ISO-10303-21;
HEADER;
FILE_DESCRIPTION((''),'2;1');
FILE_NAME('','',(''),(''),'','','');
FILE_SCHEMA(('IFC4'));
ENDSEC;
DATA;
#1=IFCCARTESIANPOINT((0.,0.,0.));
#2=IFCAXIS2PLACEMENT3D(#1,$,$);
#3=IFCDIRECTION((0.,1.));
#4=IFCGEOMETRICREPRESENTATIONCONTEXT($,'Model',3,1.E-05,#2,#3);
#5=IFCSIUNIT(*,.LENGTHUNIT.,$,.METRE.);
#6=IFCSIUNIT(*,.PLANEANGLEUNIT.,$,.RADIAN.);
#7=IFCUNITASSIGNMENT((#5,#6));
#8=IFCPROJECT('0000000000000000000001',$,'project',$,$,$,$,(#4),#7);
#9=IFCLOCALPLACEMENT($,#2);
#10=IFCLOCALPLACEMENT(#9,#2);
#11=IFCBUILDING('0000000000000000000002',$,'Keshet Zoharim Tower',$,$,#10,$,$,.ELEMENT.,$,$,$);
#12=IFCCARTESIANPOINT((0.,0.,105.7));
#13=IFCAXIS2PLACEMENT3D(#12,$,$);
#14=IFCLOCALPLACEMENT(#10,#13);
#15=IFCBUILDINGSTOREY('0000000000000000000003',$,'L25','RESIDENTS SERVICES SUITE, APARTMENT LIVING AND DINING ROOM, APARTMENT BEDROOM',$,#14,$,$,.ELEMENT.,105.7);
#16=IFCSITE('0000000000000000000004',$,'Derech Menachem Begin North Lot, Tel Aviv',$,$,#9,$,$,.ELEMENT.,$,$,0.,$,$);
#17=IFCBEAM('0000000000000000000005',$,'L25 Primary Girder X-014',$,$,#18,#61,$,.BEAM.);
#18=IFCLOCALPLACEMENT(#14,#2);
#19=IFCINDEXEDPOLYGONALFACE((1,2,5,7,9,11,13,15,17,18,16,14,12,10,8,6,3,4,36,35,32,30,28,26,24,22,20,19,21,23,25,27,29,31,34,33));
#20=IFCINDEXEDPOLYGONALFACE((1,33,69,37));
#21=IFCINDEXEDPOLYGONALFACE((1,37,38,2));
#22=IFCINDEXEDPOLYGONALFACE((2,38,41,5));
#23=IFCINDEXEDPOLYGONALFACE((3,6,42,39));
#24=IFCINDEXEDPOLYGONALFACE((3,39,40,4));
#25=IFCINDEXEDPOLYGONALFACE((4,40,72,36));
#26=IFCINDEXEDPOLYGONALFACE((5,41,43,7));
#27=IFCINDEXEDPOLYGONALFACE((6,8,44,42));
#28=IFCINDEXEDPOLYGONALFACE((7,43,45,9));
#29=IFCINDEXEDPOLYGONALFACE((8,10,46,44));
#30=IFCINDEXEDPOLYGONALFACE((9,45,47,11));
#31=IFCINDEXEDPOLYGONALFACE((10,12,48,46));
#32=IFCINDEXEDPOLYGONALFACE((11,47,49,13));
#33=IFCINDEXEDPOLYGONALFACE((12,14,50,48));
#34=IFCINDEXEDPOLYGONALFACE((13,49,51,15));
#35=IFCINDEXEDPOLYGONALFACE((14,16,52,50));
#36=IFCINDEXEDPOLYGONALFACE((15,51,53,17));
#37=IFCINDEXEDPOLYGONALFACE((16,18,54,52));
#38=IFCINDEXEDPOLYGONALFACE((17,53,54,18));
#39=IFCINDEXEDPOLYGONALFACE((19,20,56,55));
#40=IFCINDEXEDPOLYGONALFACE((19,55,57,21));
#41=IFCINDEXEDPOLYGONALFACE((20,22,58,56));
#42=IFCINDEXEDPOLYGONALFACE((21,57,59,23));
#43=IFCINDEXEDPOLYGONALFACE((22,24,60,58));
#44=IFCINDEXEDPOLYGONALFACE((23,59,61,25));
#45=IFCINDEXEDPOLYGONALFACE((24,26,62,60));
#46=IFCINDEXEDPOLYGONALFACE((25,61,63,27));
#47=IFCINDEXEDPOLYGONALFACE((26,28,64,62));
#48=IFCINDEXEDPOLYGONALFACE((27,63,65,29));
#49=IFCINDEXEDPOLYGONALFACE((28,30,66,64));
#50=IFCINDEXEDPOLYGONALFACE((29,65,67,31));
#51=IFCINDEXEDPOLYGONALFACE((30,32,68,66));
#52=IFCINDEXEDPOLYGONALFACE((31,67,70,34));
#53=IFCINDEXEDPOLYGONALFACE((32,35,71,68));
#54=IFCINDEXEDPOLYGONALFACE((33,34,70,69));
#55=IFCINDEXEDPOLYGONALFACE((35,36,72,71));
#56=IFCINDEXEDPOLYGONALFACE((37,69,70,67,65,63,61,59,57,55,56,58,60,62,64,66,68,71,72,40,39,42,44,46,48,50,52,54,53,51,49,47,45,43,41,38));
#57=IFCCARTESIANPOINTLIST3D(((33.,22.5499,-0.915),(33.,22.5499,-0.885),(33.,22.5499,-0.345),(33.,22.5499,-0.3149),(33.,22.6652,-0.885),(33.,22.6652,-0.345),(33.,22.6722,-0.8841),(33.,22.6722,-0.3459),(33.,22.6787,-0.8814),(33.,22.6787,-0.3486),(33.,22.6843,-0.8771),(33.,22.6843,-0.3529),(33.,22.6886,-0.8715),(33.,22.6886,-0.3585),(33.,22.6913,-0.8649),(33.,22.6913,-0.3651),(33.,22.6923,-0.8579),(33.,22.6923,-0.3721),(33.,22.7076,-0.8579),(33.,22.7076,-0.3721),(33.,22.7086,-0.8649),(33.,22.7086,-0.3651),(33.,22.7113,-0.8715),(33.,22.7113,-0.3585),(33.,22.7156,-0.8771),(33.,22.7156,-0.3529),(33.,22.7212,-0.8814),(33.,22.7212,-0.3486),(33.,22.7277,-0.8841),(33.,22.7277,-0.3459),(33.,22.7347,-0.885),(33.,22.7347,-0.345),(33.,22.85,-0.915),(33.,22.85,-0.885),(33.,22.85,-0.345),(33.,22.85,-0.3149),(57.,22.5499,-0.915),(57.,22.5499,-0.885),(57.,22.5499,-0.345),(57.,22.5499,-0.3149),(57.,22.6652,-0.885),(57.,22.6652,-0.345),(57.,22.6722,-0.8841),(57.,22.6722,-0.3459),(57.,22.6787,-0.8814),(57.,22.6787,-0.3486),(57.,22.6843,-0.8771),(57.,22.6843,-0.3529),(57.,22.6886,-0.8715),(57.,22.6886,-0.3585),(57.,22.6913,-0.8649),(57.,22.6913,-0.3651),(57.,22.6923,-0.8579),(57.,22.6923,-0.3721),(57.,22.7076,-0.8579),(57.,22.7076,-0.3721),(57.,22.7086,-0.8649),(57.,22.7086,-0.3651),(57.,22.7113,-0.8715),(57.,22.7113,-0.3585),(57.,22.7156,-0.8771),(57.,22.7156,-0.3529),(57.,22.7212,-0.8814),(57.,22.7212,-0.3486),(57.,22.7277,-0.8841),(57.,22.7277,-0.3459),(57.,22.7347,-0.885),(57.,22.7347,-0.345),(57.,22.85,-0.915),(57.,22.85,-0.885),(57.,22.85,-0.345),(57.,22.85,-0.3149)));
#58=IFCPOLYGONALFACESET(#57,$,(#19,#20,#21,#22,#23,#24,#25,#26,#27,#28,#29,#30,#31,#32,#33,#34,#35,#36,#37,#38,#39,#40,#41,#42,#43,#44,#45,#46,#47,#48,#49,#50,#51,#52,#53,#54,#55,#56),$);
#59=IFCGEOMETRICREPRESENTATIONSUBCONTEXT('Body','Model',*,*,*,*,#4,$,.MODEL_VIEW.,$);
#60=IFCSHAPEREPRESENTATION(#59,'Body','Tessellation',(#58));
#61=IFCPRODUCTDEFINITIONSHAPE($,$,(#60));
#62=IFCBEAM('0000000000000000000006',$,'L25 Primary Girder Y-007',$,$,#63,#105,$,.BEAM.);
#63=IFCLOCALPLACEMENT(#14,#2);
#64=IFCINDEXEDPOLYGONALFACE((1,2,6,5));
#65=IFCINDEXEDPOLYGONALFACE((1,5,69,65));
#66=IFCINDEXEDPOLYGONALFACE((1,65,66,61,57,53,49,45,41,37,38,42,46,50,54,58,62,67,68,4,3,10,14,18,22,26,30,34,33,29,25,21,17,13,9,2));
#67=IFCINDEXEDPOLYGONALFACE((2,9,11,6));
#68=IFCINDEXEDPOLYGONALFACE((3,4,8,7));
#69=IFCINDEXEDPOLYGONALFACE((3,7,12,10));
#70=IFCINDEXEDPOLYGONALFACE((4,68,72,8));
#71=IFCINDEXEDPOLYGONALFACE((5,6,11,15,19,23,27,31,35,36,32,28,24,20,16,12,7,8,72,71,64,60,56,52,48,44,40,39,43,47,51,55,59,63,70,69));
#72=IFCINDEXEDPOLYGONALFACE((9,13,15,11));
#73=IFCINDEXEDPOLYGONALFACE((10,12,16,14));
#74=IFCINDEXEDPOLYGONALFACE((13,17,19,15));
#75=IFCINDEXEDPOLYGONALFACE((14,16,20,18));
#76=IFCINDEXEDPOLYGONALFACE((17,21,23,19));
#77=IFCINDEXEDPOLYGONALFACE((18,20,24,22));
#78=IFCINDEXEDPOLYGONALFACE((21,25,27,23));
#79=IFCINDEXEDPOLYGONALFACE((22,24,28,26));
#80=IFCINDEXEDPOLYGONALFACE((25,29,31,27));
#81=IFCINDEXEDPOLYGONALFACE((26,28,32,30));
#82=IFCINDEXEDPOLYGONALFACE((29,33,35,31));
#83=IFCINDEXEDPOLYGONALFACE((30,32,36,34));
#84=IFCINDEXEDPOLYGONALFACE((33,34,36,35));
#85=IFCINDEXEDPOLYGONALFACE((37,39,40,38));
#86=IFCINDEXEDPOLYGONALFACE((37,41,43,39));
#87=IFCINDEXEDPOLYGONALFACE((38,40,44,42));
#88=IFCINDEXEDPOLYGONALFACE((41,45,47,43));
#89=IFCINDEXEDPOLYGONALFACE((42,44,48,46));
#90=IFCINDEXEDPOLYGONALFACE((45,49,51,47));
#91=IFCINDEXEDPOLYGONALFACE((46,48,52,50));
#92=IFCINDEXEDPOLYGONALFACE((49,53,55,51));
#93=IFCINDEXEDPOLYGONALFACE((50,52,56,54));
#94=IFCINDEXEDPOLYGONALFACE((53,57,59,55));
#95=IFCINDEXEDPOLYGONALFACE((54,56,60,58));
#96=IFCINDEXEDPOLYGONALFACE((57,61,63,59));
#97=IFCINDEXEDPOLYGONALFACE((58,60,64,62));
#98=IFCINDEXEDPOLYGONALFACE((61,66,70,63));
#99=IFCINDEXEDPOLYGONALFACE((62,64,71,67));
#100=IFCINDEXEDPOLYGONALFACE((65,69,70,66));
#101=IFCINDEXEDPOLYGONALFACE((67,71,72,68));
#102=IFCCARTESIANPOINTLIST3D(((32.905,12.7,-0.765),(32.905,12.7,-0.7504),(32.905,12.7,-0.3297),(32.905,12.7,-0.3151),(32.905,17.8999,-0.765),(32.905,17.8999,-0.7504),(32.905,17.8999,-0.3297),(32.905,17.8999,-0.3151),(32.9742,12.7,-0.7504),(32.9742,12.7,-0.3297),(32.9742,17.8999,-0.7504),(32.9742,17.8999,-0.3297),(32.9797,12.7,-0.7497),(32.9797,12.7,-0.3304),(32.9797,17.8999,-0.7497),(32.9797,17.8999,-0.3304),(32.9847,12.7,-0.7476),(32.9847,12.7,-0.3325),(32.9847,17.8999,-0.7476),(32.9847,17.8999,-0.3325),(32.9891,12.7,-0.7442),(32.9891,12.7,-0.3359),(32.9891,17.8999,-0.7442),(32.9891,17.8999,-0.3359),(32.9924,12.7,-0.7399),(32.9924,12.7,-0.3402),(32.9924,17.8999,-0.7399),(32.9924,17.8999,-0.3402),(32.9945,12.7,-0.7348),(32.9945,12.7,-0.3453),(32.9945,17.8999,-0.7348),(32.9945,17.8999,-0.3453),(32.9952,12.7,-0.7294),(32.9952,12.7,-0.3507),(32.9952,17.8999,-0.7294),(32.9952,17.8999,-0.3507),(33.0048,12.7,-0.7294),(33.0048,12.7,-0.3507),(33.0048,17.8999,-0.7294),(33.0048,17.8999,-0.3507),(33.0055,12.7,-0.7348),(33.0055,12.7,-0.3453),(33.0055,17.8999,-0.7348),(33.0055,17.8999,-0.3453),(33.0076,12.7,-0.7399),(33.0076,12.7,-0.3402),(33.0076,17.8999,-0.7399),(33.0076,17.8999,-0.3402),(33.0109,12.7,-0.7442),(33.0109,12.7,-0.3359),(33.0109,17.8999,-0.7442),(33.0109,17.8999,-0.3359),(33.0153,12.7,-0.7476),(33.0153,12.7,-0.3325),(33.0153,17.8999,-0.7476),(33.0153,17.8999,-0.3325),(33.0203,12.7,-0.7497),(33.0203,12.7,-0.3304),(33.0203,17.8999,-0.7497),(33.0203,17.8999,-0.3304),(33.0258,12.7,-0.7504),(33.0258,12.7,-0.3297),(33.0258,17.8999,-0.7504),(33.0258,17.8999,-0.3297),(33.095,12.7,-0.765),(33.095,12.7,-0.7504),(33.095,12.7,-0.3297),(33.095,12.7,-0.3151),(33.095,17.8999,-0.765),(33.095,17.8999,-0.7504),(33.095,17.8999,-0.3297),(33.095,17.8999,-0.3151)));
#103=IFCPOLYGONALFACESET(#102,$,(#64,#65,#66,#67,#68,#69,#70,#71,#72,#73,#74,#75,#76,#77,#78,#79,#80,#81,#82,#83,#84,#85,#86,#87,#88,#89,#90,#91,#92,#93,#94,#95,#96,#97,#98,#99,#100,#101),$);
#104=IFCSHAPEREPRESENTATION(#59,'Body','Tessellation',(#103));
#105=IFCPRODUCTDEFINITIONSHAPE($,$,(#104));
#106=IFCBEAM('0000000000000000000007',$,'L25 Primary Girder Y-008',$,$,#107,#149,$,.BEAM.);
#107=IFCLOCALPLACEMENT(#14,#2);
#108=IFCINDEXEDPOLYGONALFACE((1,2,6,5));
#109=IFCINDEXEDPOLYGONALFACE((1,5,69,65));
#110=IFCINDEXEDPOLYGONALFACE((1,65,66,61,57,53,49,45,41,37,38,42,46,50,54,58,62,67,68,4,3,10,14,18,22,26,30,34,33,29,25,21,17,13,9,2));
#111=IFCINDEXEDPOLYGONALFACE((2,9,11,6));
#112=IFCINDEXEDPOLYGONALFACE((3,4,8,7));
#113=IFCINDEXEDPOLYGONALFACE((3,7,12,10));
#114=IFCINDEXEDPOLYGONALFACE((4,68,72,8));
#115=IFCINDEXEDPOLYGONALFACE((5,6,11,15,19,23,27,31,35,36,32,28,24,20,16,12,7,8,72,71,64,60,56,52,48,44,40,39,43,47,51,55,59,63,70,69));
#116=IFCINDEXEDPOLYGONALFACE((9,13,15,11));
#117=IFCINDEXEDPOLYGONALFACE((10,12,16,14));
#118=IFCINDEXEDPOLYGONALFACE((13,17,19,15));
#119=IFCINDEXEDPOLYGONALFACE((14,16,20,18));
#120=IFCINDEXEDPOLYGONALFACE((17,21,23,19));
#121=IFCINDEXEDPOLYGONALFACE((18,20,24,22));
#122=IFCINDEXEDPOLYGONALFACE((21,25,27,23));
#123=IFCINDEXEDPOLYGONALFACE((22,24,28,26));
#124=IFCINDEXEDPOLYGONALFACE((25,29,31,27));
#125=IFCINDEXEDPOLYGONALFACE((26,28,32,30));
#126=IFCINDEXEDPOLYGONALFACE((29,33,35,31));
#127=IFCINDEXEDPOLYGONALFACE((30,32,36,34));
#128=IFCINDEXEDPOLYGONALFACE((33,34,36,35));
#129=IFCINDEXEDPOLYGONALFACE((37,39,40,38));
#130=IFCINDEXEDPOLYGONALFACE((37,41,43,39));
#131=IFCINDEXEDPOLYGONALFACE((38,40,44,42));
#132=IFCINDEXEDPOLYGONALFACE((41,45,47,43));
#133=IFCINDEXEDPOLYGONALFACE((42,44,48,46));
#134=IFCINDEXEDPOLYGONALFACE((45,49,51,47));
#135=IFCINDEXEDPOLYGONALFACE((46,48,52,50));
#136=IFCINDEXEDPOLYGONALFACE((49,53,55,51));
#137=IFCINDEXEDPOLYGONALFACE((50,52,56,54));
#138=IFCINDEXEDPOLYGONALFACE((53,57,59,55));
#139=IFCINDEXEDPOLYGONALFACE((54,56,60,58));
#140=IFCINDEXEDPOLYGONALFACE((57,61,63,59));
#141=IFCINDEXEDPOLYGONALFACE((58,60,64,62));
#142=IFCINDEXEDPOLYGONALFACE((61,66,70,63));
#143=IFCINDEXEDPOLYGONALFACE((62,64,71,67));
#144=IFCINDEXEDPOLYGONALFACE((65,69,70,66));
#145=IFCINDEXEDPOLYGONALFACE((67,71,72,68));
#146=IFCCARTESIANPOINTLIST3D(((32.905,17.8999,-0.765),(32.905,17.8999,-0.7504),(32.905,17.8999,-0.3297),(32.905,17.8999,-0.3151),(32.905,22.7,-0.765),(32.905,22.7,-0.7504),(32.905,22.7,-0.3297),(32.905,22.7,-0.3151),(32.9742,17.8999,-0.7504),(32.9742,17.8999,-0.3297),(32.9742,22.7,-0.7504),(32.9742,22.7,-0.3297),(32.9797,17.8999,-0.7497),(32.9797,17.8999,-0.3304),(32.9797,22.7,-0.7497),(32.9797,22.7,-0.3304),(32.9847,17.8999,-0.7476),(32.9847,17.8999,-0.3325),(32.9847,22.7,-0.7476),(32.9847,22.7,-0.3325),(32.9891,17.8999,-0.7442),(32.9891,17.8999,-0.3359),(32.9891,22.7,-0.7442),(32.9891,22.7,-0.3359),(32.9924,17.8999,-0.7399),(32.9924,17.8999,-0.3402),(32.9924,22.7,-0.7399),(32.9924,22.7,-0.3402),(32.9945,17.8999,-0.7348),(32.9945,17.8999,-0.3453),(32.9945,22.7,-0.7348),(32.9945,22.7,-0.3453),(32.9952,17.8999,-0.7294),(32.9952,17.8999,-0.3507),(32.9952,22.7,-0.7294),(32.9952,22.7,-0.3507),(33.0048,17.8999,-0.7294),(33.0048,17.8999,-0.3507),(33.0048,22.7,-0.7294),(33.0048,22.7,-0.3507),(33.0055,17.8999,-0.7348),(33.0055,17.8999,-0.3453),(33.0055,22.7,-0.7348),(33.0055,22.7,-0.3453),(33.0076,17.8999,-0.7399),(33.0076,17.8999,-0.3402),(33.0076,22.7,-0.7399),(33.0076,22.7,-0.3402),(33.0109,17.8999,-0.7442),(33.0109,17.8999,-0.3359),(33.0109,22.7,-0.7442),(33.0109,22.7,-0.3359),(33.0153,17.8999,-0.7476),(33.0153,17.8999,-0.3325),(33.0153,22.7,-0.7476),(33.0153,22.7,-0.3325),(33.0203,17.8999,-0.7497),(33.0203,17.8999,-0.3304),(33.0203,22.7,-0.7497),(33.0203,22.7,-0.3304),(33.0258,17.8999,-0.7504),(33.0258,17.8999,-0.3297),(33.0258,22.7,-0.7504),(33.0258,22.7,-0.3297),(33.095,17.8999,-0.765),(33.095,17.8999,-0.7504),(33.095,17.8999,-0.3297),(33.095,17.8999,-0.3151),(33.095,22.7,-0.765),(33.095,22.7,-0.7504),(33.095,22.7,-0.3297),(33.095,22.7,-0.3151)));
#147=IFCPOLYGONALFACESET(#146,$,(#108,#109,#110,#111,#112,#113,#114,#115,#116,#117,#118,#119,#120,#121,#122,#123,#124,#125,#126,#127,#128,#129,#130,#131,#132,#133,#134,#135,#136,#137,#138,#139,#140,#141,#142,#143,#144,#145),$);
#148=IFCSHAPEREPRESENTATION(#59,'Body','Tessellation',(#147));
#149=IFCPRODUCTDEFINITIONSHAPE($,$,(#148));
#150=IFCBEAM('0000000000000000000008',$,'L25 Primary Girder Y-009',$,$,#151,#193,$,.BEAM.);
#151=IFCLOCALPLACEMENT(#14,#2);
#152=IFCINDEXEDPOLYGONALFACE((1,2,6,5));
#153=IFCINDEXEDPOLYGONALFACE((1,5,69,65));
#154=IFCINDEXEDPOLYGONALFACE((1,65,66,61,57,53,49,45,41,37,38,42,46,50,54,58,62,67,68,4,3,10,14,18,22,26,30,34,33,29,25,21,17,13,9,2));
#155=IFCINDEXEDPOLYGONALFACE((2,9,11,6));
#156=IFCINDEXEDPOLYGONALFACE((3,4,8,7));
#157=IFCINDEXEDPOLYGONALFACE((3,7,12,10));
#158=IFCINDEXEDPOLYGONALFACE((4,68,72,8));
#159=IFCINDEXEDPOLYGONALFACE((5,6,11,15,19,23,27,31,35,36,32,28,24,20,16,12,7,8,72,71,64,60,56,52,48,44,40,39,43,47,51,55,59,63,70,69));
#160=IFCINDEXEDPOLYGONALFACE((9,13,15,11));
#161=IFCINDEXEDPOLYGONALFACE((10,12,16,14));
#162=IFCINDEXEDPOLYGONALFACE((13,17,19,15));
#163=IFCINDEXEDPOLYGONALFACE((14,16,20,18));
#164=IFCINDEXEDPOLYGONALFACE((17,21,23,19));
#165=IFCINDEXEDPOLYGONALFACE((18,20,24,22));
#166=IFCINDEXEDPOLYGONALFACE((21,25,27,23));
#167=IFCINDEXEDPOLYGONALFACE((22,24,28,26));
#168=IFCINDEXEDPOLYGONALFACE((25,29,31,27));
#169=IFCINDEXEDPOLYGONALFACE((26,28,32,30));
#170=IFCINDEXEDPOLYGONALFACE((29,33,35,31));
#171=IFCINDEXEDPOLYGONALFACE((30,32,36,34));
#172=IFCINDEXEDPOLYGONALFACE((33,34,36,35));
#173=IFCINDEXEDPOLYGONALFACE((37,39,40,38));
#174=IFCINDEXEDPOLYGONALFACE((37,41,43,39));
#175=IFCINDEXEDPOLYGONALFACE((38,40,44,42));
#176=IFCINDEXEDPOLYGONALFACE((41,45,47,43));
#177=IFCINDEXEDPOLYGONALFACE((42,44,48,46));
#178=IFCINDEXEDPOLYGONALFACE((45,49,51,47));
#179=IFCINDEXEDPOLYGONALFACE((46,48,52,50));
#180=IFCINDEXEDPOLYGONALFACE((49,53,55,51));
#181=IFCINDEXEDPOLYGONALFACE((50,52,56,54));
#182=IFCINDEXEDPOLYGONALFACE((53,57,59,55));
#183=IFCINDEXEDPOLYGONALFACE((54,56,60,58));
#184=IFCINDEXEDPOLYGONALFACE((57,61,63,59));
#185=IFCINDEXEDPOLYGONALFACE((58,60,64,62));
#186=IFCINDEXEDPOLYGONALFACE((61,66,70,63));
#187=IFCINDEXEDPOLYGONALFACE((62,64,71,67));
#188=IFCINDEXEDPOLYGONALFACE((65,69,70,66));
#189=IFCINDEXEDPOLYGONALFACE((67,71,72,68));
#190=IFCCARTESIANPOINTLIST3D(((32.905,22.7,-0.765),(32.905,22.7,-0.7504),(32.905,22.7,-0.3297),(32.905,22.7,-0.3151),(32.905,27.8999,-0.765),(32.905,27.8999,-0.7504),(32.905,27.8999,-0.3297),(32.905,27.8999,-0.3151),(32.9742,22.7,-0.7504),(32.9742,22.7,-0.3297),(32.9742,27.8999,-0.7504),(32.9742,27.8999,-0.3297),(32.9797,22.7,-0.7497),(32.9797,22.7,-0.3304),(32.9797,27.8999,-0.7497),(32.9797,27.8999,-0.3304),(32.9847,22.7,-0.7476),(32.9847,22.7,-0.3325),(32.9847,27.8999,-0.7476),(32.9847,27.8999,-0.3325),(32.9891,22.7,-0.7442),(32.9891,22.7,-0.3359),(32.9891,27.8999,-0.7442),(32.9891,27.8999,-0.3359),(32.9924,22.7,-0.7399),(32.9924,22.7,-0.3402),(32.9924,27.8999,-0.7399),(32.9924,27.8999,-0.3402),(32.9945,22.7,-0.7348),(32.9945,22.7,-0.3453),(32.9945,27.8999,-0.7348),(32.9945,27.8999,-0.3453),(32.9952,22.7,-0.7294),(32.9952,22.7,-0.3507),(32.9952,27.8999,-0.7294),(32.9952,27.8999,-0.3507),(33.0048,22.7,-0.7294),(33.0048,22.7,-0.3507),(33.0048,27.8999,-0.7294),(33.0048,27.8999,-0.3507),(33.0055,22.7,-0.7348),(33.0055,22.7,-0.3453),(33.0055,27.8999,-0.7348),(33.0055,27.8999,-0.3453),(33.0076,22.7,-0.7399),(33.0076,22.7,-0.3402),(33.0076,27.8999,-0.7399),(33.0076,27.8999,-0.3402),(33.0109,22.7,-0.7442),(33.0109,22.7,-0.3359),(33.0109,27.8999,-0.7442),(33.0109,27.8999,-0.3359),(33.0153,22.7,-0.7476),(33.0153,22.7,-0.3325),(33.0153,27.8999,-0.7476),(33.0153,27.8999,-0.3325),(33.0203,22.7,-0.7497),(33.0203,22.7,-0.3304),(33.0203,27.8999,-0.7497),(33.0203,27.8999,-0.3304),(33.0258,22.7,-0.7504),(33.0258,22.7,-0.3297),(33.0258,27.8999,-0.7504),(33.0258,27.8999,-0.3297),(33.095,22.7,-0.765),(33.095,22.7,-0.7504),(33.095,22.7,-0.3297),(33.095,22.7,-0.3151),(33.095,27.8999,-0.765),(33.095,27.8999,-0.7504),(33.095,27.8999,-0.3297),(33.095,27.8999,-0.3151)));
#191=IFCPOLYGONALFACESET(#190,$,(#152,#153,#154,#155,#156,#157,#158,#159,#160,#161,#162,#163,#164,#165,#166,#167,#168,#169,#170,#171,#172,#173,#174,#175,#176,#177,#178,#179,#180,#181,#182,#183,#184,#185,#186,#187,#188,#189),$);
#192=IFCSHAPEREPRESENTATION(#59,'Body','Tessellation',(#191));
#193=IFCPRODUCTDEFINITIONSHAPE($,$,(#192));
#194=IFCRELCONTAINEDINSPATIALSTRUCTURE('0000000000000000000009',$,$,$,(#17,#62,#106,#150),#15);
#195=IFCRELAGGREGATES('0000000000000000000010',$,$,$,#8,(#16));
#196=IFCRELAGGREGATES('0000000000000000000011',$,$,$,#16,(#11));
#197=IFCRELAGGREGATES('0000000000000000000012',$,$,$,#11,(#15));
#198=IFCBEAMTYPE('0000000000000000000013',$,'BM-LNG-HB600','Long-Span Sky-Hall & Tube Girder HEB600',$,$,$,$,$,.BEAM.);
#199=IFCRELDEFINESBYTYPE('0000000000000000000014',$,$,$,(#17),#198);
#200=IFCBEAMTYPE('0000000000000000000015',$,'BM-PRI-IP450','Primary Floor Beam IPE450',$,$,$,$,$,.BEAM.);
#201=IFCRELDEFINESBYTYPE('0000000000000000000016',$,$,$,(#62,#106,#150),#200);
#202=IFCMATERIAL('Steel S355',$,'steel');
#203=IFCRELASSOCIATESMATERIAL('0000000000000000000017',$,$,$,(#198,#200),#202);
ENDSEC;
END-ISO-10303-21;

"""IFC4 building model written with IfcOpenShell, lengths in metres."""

from ifc_helpers import new_model, si_unit, direction, frame, origin, origin_2d, place, context, subcontext, project, spatial, i_section, extrude, material, material_profile, profile_set, type_object, element, save


model = new_model("IFC4")

# Units and contexts
model_context = context("Model", 3, precision=1e-05, world=origin(), true_north=direction((0.0, 1.0)))
body_context = subcontext(model_context, "Body", "Model", "MODEL_VIEW")
ifc_project = project(units=[si_unit("LENGTHUNIT", "METRE"), si_unit("PLANEANGLEUNIT", "RADIAN")], contexts=[model_context])

# Site, building, storey
site_placement = place(None, origin())
site = spatial("IfcSite", under=ifc_project, at=site_placement, Name="Derech Menachem Begin North Lot, Tel Aviv", CompositionType="ELEMENT", RefElevation=0.0)
building_placement = place(site_placement, origin())
building = spatial("IfcBuilding", under=site, at=building_placement, Name="Keshet Zoharim Tower", CompositionType="ELEMENT")
storey_placement = place(building_placement, frame((0.0, 0.0, 105.7)))
storey = spatial("IfcBuildingStorey", under=building, at=storey_placement, Name="L25", Description="RESIDENTS SERVICES SUITE, APARTMENT LIVING AND DINING ROOM, APARTMENT BEDROOM", CompositionType="ELEMENT", Elevation=105.7)

# Beams
ifc_material_1 = material(Name="Steel S355", Category="steel")
ifc_material_profile_1 = material_profile(ifc_material_1, i_section(OverallWidth=0.3, OverallDepth=0.6001, WebThickness=0.0154, FlangeThickness=0.03, FilletRadius=0.0271, at=origin_2d()), Name="HEB600")
ifc_profile_set_1 = profile_set([ifc_material_profile_1], Name="Steel S355")
beam_type_1 = type_object("IfcBeamType", Name="BM-LNG-HB600", Description="Long-Span Sky-Hall & Tube Girder HEB600", PredefinedType="BEAM", material=ifc_profile_set_1)
for number, where, z_axis, x_axis, name in (
    (1, (33.0, 22.7, -0.615), (1.0, 0.0, 0.0), (0.0, 1.0, 0.0), "L25 Primary Girder X-014"),
):
    element("IfcBeam", number, at=place(storey_placement, frame(where, z_axis=z_axis, x_axis=x_axis)), inside=storey, type_object=beam_type_1, Name=name, PredefinedType="BEAM", context=body_context, shape_type="SweptSolid", body=[
        extrude(i_section(OverallWidth=0.3, OverallDepth=0.6001, WebThickness=0.0154, FlangeThickness=0.03, FilletRadius=0.0271, at=origin_2d()), origin(), (0.0, 0.0, 1.0), 24.0),
    ])
ifc_material_profile_2 = material_profile(ifc_material_1, i_section(OverallWidth=0.1899, OverallDepth=0.45, WebThickness=0.0095, FlangeThickness=0.0146, FilletRadius=0.021, at=origin_2d()), Name="IPE450")
ifc_profile_set_2 = profile_set([ifc_material_profile_2], Name="Steel S355")
beam_type_2 = type_object("IfcBeamType", Name="BM-PRI-IP450", Description="Primary Floor Beam IPE450", PredefinedType="BEAM", material=ifc_profile_set_2)
beam_1_placement = place(storey_placement, frame((33.0, 12.7, -0.54), z_axis=(0.0, 1.0, 0.0), x_axis=(-1.0, 0.0, 0.0)))
element("IfcBeam", 2, at=beam_1_placement, inside=storey, type_object=beam_type_2, Name="L25 Primary Girder Y-007", PredefinedType="BEAM", context=body_context, shape_type="SweptSolid", body=[
    extrude(i_section(OverallWidth=0.1899, OverallDepth=0.45, WebThickness=0.0095, FlangeThickness=0.0146, FilletRadius=0.021, at=origin_2d()), origin(), (0.0, 0.0, 1.0), 5.2),
])
beam_2_placement = place(storey_placement, frame((33.0, 17.8999, -0.54), z_axis=(0.0, 1.0, 0.0), x_axis=(-1.0, 0.0, 0.0)))
element("IfcBeam", 3, at=beam_2_placement, inside=storey, type_object=beam_type_2, Name="L25 Primary Girder Y-008", PredefinedType="BEAM", context=body_context, shape_type="SweptSolid", body=[
    extrude(i_section(OverallWidth=0.1899, OverallDepth=0.45, WebThickness=0.0095, FlangeThickness=0.0146, FilletRadius=0.021, at=origin_2d()), origin(), (0.0, 0.0, 1.0), 4.8),
])
beam_3_placement = place(storey_placement, frame((33.0, 22.7, -0.54), z_axis=(0.0, 1.0, 0.0), x_axis=(-1.0, 0.0, 0.0)))
element("IfcBeam", 4, at=beam_3_placement, inside=storey, type_object=beam_type_2, Name="L25 Primary Girder Y-009", PredefinedType="BEAM", context=body_context, shape_type="SweptSolid", body=[
    extrude(i_section(OverallWidth=0.1899, OverallDepth=0.45, WebThickness=0.0095, FlangeThickness=0.0146, FilletRadius=0.021, at=origin_2d()), origin(), (0.0, 0.0, 1.0), 5.2),
])

save(model, "model.ifc")
